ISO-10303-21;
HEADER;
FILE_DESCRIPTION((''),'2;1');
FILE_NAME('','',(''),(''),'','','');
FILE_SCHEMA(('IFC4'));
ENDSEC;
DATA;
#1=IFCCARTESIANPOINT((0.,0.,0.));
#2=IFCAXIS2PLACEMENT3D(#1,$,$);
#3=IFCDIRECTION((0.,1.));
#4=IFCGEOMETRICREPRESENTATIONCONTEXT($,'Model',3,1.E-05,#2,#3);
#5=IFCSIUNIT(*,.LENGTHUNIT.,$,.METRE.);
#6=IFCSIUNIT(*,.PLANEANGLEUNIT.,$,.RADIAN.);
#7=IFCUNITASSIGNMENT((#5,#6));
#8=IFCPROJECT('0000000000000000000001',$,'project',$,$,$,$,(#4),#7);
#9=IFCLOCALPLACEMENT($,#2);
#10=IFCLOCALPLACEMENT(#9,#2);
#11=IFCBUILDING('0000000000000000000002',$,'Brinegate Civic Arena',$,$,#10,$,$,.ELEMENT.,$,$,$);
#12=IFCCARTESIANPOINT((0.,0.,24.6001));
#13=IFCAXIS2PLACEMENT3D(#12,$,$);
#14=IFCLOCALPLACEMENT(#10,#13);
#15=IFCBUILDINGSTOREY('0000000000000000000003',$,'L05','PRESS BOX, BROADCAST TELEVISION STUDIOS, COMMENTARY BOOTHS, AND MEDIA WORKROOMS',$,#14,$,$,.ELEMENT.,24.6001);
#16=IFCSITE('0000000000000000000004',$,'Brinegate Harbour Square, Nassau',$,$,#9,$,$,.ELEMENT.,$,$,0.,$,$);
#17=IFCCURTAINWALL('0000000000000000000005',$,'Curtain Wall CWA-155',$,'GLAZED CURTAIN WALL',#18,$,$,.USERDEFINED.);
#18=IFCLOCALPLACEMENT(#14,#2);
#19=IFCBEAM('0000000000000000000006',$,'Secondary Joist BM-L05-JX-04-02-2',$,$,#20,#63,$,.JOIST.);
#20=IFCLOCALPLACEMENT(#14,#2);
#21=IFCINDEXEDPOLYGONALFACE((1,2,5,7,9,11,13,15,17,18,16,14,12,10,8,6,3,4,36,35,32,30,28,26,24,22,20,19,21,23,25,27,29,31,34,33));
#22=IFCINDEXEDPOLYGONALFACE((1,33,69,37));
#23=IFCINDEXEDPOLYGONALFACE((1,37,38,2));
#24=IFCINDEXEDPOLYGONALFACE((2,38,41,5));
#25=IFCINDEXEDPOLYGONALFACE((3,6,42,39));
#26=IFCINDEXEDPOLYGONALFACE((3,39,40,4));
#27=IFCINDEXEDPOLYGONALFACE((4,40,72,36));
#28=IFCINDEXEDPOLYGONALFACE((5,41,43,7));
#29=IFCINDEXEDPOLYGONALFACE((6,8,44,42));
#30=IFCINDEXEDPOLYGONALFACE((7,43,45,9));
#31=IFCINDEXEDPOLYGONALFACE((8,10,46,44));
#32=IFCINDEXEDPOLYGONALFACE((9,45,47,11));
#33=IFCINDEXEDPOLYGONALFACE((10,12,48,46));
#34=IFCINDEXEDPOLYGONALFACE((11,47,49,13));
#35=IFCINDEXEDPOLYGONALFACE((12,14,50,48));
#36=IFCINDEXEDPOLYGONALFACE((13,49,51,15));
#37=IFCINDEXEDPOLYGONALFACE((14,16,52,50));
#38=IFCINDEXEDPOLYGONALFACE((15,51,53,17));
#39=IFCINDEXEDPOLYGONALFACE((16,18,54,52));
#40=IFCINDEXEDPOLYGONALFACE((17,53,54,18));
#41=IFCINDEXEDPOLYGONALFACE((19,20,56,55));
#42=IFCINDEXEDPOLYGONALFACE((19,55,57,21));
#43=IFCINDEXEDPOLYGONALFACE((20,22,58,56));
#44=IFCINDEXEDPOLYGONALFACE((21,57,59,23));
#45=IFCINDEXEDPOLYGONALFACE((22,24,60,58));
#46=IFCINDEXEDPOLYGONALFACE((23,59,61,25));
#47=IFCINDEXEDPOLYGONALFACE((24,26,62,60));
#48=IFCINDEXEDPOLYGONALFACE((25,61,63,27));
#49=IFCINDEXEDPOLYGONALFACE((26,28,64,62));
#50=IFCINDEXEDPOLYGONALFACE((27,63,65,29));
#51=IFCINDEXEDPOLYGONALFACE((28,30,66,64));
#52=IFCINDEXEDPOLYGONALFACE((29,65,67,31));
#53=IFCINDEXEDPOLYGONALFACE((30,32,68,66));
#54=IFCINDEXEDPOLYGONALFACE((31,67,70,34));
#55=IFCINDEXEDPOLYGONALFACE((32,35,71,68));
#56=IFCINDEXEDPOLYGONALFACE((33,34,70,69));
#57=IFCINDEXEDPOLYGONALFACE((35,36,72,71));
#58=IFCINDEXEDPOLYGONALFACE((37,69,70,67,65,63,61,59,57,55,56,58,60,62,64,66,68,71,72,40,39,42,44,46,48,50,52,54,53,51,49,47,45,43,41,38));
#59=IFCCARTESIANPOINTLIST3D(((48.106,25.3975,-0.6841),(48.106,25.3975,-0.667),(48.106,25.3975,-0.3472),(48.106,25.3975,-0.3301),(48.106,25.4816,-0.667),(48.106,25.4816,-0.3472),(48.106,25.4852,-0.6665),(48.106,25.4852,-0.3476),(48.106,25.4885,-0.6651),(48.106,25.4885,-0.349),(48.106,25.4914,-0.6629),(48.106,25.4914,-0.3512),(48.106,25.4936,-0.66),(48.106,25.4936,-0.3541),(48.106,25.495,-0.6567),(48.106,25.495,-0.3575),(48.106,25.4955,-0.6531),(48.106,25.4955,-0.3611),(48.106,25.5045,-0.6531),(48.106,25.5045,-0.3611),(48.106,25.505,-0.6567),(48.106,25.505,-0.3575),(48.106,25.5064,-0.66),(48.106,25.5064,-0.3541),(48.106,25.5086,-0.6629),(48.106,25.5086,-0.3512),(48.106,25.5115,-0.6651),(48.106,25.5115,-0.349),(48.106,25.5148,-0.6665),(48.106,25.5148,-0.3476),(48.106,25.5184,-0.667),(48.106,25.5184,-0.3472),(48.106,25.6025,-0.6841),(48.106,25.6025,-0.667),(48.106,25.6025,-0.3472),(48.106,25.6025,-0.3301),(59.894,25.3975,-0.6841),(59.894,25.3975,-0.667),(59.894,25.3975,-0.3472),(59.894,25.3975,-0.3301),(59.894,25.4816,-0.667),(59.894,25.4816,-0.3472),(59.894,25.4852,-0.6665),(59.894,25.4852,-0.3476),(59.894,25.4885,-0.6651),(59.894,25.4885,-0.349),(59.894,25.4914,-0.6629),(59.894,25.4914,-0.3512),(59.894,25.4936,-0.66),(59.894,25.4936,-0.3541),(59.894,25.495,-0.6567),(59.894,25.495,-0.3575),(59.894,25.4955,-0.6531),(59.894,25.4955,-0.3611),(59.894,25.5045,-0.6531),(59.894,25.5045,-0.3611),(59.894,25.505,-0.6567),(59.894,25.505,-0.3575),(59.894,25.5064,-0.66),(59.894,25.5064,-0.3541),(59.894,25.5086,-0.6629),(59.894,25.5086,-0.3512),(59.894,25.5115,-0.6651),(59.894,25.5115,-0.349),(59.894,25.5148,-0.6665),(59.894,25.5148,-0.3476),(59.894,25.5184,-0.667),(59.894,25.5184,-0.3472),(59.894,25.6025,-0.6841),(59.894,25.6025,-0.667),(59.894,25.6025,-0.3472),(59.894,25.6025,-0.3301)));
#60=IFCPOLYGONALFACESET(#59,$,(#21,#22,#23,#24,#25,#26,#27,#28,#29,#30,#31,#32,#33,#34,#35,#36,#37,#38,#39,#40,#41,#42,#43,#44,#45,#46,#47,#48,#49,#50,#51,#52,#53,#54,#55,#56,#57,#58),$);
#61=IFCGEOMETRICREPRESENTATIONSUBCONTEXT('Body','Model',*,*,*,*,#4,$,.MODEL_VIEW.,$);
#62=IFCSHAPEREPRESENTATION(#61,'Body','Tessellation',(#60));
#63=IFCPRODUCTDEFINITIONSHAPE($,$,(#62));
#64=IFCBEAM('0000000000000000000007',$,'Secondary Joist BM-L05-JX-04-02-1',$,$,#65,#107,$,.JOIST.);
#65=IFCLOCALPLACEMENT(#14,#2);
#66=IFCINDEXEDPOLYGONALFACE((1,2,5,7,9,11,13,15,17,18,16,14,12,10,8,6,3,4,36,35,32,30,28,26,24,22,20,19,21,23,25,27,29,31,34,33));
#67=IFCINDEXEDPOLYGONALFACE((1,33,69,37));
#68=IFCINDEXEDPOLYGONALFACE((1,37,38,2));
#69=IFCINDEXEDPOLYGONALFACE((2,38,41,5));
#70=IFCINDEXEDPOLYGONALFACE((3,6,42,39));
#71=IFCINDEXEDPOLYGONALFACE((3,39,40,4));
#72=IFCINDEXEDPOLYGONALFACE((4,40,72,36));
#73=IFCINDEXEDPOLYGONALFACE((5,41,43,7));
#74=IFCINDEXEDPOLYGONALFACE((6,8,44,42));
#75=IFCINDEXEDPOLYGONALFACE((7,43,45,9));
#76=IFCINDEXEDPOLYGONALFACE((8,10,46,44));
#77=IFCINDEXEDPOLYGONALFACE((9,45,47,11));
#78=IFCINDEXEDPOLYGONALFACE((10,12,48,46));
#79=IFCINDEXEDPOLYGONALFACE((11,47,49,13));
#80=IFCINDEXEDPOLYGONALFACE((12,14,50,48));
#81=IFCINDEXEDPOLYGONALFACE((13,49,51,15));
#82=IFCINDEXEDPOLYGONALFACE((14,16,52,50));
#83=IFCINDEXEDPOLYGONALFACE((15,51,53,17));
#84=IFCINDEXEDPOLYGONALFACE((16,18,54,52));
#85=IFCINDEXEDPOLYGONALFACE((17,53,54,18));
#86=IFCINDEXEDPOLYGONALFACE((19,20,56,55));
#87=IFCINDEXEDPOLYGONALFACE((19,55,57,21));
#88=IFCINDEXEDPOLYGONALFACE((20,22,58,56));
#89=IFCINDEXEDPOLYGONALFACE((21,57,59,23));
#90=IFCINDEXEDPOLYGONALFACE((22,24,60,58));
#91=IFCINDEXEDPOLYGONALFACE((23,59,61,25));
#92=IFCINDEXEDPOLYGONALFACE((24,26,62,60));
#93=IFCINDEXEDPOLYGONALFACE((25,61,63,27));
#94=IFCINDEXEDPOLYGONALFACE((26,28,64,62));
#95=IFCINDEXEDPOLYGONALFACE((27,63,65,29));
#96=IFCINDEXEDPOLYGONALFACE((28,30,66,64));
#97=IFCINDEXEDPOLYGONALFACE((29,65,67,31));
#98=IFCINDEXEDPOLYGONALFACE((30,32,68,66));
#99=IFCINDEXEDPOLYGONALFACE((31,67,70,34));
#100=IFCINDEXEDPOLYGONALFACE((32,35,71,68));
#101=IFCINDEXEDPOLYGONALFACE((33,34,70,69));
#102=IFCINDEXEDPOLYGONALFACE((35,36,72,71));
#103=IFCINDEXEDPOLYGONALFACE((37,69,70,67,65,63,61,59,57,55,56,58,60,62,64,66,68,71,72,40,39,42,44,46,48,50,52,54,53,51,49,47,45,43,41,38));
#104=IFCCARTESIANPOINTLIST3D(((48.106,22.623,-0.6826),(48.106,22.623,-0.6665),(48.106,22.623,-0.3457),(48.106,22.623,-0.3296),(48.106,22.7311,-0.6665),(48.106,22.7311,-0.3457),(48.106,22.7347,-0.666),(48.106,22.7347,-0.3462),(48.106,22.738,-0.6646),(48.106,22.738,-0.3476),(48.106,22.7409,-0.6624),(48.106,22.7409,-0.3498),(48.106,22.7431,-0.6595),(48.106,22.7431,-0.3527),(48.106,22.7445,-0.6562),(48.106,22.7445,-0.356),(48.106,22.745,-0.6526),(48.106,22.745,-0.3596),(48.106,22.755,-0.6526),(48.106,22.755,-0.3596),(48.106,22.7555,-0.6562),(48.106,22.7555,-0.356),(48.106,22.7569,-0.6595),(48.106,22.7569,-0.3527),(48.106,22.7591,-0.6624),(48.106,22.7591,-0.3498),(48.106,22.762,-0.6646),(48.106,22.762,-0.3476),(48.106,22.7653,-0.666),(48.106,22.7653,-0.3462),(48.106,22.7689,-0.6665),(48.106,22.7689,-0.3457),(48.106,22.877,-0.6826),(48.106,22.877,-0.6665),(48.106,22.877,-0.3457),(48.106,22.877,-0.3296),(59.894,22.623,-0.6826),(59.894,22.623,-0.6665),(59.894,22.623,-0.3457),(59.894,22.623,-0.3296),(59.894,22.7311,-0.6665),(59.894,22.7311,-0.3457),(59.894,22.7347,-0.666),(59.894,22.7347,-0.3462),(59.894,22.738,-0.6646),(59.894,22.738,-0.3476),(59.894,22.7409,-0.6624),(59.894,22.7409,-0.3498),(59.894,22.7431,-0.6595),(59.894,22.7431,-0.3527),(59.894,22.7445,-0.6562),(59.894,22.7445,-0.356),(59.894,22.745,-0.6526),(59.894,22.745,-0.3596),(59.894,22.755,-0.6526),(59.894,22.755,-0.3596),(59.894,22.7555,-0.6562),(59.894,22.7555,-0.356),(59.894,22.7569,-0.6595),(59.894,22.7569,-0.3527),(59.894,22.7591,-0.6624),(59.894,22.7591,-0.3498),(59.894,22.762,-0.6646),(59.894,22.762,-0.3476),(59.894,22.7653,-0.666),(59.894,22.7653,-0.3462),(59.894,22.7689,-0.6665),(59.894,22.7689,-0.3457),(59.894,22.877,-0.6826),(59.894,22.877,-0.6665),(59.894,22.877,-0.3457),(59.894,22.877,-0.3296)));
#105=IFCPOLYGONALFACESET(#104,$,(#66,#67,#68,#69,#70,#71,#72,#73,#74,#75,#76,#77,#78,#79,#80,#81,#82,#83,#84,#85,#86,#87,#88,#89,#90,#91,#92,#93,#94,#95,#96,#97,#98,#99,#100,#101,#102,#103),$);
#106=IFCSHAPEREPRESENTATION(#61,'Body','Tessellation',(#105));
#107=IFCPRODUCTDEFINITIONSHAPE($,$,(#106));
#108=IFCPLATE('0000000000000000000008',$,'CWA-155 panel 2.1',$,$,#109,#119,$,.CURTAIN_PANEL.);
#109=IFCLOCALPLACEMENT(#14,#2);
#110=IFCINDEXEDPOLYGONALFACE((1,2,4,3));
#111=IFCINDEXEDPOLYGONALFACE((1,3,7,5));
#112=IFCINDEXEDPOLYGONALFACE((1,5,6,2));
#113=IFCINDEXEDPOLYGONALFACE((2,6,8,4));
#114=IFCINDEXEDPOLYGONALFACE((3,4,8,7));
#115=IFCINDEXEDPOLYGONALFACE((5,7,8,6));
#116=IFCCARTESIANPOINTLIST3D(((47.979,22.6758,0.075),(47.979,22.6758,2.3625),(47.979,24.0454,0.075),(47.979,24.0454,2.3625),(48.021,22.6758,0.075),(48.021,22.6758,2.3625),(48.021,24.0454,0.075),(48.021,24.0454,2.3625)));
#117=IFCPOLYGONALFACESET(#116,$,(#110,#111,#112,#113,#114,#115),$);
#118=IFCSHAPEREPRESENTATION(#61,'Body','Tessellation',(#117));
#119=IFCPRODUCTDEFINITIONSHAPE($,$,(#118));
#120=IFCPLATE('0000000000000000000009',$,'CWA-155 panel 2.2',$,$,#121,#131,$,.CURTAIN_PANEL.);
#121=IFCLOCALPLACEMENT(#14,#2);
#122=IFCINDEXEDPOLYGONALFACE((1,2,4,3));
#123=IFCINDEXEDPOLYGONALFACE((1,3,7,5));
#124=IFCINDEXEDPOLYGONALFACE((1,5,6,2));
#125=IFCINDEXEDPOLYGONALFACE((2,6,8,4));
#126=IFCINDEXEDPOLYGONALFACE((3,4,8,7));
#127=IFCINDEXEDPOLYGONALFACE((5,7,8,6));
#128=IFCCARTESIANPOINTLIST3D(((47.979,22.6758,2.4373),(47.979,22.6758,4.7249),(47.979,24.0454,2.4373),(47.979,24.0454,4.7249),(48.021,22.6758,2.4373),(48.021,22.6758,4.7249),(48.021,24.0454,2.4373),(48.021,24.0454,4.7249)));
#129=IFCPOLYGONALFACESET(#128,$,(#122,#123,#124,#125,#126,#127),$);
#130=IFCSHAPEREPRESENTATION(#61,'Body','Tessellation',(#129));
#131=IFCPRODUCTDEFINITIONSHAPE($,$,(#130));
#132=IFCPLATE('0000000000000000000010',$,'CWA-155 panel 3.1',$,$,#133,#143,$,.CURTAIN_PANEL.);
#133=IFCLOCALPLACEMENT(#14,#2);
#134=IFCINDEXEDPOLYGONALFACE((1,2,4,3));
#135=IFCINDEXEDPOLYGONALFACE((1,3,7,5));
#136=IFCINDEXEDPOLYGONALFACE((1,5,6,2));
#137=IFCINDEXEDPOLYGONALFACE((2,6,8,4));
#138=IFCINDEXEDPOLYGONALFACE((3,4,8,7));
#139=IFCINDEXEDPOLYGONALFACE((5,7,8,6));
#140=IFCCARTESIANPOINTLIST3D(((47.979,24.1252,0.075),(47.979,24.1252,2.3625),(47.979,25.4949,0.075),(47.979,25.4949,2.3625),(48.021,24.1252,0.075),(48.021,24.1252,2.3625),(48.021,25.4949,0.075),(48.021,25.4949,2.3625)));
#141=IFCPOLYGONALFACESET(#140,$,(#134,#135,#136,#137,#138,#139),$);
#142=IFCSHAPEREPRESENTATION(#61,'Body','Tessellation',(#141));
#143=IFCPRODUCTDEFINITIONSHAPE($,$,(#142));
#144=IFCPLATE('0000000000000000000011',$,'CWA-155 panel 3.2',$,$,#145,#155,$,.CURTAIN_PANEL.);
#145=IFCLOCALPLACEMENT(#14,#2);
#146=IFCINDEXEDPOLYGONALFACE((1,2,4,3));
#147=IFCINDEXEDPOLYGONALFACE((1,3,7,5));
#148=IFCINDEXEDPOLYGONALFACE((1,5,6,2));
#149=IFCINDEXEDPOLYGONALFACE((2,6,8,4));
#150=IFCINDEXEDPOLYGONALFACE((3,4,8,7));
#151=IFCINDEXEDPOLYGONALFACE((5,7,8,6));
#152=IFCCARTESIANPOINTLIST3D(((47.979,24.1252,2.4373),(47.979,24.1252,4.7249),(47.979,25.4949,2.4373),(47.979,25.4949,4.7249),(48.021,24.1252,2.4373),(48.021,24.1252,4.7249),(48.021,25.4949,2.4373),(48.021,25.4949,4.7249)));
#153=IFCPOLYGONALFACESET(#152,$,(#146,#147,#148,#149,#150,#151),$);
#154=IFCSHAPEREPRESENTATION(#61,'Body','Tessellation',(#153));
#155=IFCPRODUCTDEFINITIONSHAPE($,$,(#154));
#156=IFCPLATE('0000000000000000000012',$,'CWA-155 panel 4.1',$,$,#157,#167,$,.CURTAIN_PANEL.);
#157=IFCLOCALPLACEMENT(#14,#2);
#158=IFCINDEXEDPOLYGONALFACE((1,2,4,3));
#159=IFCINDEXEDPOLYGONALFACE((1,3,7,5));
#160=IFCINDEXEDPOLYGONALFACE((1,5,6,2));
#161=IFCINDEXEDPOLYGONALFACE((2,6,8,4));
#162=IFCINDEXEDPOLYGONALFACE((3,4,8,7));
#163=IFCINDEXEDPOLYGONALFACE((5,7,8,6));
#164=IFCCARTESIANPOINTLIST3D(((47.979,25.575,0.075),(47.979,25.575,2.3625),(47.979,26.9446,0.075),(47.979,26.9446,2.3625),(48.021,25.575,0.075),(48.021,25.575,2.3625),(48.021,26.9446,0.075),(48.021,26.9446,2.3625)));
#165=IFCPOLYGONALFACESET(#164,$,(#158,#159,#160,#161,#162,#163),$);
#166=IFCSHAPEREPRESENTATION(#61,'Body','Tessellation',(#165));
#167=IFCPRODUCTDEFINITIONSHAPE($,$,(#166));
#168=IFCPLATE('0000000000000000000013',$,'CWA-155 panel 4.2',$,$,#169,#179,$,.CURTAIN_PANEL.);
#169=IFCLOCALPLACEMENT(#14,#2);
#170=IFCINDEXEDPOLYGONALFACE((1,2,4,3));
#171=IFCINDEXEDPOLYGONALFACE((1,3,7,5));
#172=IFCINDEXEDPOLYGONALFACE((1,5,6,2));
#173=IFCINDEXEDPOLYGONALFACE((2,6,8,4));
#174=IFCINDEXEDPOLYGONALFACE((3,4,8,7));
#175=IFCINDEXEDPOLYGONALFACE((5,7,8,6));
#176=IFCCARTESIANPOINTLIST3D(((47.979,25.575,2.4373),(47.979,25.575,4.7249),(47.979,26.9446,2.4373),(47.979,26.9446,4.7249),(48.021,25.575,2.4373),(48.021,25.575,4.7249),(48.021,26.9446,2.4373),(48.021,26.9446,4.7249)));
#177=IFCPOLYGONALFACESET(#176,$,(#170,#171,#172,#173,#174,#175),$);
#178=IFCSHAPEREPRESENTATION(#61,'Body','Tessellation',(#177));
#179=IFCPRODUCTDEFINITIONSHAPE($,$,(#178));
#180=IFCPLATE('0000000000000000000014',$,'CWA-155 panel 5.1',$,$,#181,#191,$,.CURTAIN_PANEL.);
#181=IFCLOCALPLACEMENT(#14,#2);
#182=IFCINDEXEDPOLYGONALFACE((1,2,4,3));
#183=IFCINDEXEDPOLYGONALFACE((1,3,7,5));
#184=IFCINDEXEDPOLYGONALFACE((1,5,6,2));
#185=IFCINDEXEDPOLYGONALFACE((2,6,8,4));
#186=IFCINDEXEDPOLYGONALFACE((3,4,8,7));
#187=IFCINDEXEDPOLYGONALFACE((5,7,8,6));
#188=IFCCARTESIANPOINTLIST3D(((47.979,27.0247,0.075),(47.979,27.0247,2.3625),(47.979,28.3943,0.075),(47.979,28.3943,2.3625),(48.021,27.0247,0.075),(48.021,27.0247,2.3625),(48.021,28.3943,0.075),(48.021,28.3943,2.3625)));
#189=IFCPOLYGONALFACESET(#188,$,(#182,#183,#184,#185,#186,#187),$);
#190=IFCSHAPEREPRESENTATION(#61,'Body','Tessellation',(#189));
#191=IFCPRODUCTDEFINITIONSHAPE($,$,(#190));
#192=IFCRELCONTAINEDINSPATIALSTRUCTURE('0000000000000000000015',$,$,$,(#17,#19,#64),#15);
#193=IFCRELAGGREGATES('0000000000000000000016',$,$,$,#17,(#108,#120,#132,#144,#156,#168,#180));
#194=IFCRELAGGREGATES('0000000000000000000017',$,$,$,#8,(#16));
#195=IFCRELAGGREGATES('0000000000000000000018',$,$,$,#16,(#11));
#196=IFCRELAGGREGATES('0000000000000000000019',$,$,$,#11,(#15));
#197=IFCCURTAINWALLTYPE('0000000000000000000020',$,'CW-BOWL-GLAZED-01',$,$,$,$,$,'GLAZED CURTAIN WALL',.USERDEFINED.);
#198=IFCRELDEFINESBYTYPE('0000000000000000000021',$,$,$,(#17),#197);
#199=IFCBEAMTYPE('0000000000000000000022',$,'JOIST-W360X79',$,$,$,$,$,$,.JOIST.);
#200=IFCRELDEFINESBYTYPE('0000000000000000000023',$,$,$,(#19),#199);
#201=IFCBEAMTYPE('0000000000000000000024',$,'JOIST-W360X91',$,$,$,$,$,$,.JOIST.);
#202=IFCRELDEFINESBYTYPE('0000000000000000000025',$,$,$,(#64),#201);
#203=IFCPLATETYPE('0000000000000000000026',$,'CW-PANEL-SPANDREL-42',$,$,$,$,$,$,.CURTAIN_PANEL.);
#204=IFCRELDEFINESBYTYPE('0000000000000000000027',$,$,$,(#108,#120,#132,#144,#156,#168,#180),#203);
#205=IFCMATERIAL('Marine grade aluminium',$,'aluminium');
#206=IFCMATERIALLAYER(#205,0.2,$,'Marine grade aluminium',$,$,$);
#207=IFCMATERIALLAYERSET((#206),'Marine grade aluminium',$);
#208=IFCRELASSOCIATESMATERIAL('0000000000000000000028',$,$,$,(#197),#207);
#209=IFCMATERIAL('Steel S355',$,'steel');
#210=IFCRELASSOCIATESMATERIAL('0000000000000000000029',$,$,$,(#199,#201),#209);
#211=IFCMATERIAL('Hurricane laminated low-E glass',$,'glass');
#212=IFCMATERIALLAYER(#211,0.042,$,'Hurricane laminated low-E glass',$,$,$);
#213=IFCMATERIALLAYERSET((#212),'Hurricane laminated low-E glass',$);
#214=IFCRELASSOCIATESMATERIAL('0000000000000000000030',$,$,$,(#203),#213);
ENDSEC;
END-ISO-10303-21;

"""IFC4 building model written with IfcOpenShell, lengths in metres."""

from ifc_helpers import new_model, si_unit, direction, frame, origin, origin_2d, place, context, subcontext, project, spatial, rectangle, i_section, extrude, material, layer, layer_set, material_profile, profile_set, type_object, element, aggregate, save


model = new_model("IFC4")

# Units and contexts
model_context = context("Model", 3, precision=1e-05, world=origin(), true_north=direction((0.0, 1.0)))
body_context = subcontext(model_context, "Body", "Model", "MODEL_VIEW")
ifc_project = project(units=[si_unit("LENGTHUNIT", "METRE"), si_unit("PLANEANGLEUNIT", "RADIAN")], contexts=[model_context])

# Site, building, storey
site_placement = place(None, origin())
site = spatial("IfcSite", under=ifc_project, at=site_placement, Name="Brinegate Harbour Square, Nassau", CompositionType="ELEMENT", RefElevation=0.0)
building_placement = place(site_placement, origin())
building = spatial("IfcBuilding", under=site, at=building_placement, Name="Brinegate Civic Arena", CompositionType="ELEMENT")
storey_placement = place(building_placement, frame((0.0, 0.0, 24.6001)))
storey = spatial("IfcBuildingStorey", under=building, at=storey_placement, Name="L05", Description="PRESS BOX, BROADCAST TELEVISION STUDIOS, COMMENTARY BOOTHS, AND MEDIA WORKROOMS", CompositionType="ELEMENT", Elevation=24.6001)

# Curtain wall
ifc_material_1 = material(Name="Marine grade aluminium", Category="aluminium")
ifc_layer_1 = layer(ifc_material_1, 0.2, Name="Marine grade aluminium")
ifc_layer_set_1 = layer_set([ifc_layer_1], Name="Marine grade aluminium")
curtain_wall_type = type_object("IfcCurtainWallType", Name="CW-BOWL-GLAZED-01", ElementType="GLAZED CURTAIN WALL", PredefinedType="USERDEFINED", material=ifc_layer_set_1)
curtain_wall_placement = place(storey_placement, origin())
curtain_wall = element("IfcCurtainWall", 1, at=curtain_wall_placement, inside=storey, type_object=curtain_wall_type, Name="Curtain Wall CWA-155", ObjectType="GLAZED CURTAIN WALL", PredefinedType="USERDEFINED")

# Beams
ifc_material_2 = material(Name="Steel S355", Category="steel")
ifc_material_profile_1 = material_profile(ifc_material_2, i_section(OverallWidth=0.2051, OverallDepth=0.354, WebThickness=0.009, FlangeThickness=0.0171, FilletRadius=0.0139, at=origin_2d()), Name="W360X79")
ifc_profile_set_1 = profile_set([ifc_material_profile_1], Name="Steel S355")
beam_type_1 = type_object("IfcBeamType", Name="JOIST-W360X79", PredefinedType="JOIST", material=ifc_profile_set_1)
beam_1_placement = place(storey_placement, frame((48.106, 25.5, -0.5071), z_axis=(1.0, 0.0, 0.0), x_axis=(0.0, 1.0, 0.0)))
element("IfcBeam", 2, at=beam_1_placement, inside=storey, type_object=beam_type_1, Name="Secondary Joist BM-L05-JX-04-02-2", PredefinedType="JOIST", context=body_context, shape_type="SweptSolid", body=[
    extrude(i_section(OverallWidth=0.2051, OverallDepth=0.354, WebThickness=0.009, FlangeThickness=0.0171, FilletRadius=0.0139, at=origin_2d()), origin(), (0.0, 0.0, 1.0), 11.7881),
])
ifc_material_profile_2 = material_profile(ifc_material_2, i_section(OverallWidth=0.2539, OverallDepth=0.353, WebThickness=0.01, FlangeThickness=0.0161, FilletRadius=0.0139, at=origin_2d()), Name="W360X91")
ifc_profile_set_2 = profile_set([ifc_material_profile_2], Name="Steel S355")
beam_type_2 = type_object("IfcBeamType", Name="JOIST-W360X91", PredefinedType="JOIST", material=ifc_profile_set_2)
beam_2_placement = place(storey_placement, frame((48.106, 22.75, -0.5061), z_axis=(1.0, 0.0, 0.0), x_axis=(0.0, 1.0, 0.0)))
element("IfcBeam", 3, at=beam_2_placement, inside=storey, type_object=beam_type_2, Name="Secondary Joist BM-L05-JX-04-02-1", PredefinedType="JOIST", context=body_context, shape_type="SweptSolid", body=[
    extrude(i_section(OverallWidth=0.2539, OverallDepth=0.353, WebThickness=0.01, FlangeThickness=0.0161, FilletRadius=0.0139, at=origin_2d()), origin(), (0.0, 0.0, 1.0), 11.7881),
])

# Plates
ifc_material_3 = material(Name="Hurricane laminated low-E glass", Category="glass")
ifc_layer_2 = layer(ifc_material_3, 0.042, Name="Hurricane laminated low-E glass")
ifc_layer_set_2 = layer_set([ifc_layer_2], Name="Hurricane laminated low-E glass")
plate_type = type_object("IfcPlateType", Name="CW-PANEL-SPANDREL-42", PredefinedType="CURTAIN_PANEL", material=ifc_layer_set_2)
plate_1_placement = place(storey_placement, frame((48.0, 23.3606, 0.075), z_axis=(0.0, 0.0, 1.0), x_axis=(0.0, 1.0, 0.0)))
plate_1 = element("IfcPlate", 4, at=plate_1_placement, type_object=plate_type, Name="CWA-155 panel 2.1", PredefinedType="CURTAIN_PANEL", context=body_context, shape_type="SweptSolid", body=[
    extrude(rectangle(XDim=1.3696, YDim=0.042, at=origin_2d()), origin(), (0.0, 0.0, 1.0), 2.2876),
])
plate_2_placement = place(storey_placement, frame((48.0, 23.3606, 2.4373), z_axis=(0.0, 0.0, 1.0), x_axis=(0.0, 1.0, 0.0)))
plate_2 = element("IfcPlate", 5, at=plate_2_placement, type_object=plate_type, Name="CWA-155 panel 2.2", PredefinedType="CURTAIN_PANEL", context=body_context, shape_type="SweptSolid", body=[
    extrude(rectangle(XDim=1.3696, YDim=0.042, at=origin_2d()), origin(), (0.0, 0.0, 1.0), 2.2876),
])
plate_3_placement = place(storey_placement, frame((48.0, 24.8101, 0.075), z_axis=(0.0, 0.0, 1.0), x_axis=(0.0, 1.0, 0.0)))
plate_3 = element("IfcPlate", 6, at=plate_3_placement, type_object=plate_type, Name="CWA-155 panel 3.1", PredefinedType="CURTAIN_PANEL", context=body_context, shape_type="SweptSolid", body=[
    extrude(rectangle(XDim=1.3696, YDim=0.042, at=origin_2d()), origin(), (0.0, 0.0, 1.0), 2.2876),
])
plate_4_placement = place(storey_placement, frame((48.0, 24.8101, 2.4373), z_axis=(0.0, 0.0, 1.0), x_axis=(0.0, 1.0, 0.0)))
plate_4 = element("IfcPlate", 7, at=plate_4_placement, type_object=plate_type, Name="CWA-155 panel 3.2", PredefinedType="CURTAIN_PANEL", context=body_context, shape_type="SweptSolid", body=[
    extrude(rectangle(XDim=1.3696, YDim=0.042, at=origin_2d()), origin(), (0.0, 0.0, 1.0), 2.2876),
])
plate_5_placement = place(storey_placement, frame((48.0, 26.2598, 0.075), z_axis=(0.0, 0.0, 1.0), x_axis=(0.0, 1.0, 0.0)))
plate_5 = element("IfcPlate", 8, at=plate_5_placement, type_object=plate_type, Name="CWA-155 panel 4.1", PredefinedType="CURTAIN_PANEL", context=body_context, shape_type="SweptSolid", body=[
    extrude(rectangle(XDim=1.3696, YDim=0.042, at=origin_2d()), origin(), (0.0, 0.0, 1.0), 2.2876),
])
plate_6_placement = place(storey_placement, frame((48.0, 26.2598, 2.4373), z_axis=(0.0, 0.0, 1.0), x_axis=(0.0, 1.0, 0.0)))
plate_6 = element("IfcPlate", 9, at=plate_6_placement, type_object=plate_type, Name="CWA-155 panel 4.2", PredefinedType="CURTAIN_PANEL", context=body_context, shape_type="SweptSolid", body=[
    extrude(rectangle(XDim=1.3696, YDim=0.042, at=origin_2d()), origin(), (0.0, 0.0, 1.0), 2.2876),
])
plate_7_placement = place(storey_placement, frame((48.0, 27.7095, 0.075), z_axis=(0.0, 0.0, 1.0), x_axis=(0.0, 1.0, 0.0)))
plate_7 = element("IfcPlate", 10, at=plate_7_placement, type_object=plate_type, Name="CWA-155 panel 5.1", PredefinedType="CURTAIN_PANEL", context=body_context, shape_type="SweptSolid", body=[
    extrude(rectangle(XDim=1.3696, YDim=0.042, at=origin_2d()), origin(), (0.0, 0.0, 1.0), 2.2876),
])
aggregate(curtain_wall, [plate_1, plate_2, plate_3, plate_4, plate_5, plate_6, plate_7])

save(model, "model.ifc")
